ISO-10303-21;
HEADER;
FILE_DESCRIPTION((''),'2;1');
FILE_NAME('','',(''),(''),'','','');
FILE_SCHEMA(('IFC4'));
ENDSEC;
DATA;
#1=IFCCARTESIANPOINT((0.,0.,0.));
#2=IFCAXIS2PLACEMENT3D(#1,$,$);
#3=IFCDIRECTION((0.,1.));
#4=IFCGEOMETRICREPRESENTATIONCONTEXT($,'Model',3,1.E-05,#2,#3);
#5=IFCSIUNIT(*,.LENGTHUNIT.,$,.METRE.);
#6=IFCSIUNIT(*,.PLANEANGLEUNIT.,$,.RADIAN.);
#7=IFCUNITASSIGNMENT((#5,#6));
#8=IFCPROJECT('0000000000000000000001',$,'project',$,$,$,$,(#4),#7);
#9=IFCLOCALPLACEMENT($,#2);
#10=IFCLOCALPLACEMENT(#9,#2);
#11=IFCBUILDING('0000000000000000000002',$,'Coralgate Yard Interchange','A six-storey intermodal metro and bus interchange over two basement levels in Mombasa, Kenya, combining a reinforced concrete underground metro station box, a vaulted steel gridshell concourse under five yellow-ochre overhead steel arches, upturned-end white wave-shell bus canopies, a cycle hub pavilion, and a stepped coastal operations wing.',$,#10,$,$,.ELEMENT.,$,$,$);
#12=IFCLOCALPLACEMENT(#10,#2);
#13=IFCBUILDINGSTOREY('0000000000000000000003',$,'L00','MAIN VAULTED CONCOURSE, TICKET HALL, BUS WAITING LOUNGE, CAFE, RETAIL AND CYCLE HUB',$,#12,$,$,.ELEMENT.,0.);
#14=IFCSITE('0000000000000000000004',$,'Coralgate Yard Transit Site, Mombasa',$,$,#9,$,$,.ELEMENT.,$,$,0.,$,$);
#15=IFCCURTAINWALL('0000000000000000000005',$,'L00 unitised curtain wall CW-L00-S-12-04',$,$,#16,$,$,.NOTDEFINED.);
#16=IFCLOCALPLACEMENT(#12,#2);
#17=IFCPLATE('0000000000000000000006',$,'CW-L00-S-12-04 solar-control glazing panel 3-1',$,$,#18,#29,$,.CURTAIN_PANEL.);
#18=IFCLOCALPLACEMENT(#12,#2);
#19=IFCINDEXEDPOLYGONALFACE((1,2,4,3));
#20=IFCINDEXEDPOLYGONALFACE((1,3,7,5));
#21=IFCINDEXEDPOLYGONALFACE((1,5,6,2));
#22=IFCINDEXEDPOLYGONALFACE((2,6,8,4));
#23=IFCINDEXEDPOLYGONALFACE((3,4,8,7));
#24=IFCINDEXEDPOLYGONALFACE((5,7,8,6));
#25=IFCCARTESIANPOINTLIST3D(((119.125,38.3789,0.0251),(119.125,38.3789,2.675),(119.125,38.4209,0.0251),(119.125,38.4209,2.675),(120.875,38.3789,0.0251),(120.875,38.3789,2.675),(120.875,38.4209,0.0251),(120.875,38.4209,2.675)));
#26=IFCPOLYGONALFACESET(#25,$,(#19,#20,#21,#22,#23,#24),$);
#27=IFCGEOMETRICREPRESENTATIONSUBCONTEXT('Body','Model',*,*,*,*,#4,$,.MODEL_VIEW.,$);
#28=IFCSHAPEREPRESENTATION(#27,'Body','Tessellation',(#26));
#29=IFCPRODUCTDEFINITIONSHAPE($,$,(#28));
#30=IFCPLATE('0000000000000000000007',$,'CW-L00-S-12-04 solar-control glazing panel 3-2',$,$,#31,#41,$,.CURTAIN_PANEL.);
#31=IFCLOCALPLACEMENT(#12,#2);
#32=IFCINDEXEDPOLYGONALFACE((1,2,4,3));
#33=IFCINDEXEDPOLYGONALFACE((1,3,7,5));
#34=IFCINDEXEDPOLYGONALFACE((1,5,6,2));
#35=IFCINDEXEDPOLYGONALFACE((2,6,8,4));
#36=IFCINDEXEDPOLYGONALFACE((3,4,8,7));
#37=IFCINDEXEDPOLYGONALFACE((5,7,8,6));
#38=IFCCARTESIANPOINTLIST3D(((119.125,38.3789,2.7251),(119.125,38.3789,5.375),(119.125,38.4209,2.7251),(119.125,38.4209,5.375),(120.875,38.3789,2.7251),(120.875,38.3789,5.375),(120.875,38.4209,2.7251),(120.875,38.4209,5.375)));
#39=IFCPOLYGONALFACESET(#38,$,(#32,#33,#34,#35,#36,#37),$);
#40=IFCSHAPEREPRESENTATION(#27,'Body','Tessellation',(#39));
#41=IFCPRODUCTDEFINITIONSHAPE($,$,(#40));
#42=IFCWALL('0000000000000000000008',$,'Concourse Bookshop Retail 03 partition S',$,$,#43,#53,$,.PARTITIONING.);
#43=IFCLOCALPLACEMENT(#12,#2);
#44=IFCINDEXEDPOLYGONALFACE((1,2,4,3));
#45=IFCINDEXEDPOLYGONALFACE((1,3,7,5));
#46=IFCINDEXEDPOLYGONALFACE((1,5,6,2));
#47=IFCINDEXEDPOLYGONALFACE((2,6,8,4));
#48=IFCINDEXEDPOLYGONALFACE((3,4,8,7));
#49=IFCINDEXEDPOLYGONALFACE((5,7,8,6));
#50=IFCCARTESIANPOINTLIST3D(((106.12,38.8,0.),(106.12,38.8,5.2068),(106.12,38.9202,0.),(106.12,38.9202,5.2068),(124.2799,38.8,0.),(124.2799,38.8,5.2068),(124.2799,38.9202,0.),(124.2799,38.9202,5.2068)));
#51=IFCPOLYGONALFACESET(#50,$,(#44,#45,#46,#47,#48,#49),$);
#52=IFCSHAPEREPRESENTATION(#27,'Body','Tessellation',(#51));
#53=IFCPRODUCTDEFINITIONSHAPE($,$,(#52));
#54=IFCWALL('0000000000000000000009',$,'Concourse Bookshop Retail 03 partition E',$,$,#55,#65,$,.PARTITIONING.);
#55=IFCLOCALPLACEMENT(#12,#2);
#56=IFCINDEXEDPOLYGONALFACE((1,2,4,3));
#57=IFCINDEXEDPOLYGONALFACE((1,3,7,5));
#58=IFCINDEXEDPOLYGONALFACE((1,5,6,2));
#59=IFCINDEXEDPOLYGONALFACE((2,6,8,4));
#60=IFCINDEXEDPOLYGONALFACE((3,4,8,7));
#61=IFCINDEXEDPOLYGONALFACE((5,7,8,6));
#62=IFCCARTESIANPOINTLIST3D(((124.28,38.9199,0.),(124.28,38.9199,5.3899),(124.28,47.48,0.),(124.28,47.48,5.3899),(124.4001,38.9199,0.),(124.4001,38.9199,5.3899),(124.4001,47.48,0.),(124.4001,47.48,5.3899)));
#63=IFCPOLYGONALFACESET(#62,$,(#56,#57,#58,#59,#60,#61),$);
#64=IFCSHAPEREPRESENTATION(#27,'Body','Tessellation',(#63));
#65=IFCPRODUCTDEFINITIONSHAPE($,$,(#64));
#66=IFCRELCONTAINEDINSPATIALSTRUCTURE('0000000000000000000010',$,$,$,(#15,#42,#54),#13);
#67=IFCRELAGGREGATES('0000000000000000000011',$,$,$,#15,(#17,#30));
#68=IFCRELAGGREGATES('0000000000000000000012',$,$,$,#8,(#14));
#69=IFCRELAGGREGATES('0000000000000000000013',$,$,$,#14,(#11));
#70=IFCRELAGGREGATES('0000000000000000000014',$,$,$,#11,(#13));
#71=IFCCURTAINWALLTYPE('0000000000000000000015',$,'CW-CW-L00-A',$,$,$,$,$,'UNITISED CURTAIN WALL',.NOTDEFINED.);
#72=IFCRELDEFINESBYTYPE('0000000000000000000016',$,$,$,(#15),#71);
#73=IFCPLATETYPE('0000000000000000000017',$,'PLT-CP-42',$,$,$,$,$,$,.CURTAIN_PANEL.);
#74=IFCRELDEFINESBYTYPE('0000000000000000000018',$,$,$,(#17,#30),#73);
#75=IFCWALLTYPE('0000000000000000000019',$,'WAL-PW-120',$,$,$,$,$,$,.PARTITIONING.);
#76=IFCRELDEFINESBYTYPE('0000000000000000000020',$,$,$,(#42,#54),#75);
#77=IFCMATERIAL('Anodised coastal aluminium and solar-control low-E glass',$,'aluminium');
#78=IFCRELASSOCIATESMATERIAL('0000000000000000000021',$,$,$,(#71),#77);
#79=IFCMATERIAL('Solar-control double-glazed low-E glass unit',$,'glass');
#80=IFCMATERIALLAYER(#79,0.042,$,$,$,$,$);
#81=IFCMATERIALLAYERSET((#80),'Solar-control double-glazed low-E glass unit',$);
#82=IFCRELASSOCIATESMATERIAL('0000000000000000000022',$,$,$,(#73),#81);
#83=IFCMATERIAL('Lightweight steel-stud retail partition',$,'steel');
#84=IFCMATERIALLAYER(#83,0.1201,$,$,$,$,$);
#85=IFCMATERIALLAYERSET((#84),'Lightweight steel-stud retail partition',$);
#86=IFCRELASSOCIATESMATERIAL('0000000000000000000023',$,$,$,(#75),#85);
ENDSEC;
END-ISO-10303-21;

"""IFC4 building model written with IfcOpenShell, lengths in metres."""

from ifc_helpers import new_model, si_unit, direction, frame, frame_2d, origin, origin_2d, place, context, subcontext, project, spatial, rectangle, extrude, material, layer, layer_set, type_object, element, aggregate, save


model = new_model("IFC4")

# Units and contexts
model_context = context("Model", 3, precision=1e-05, world=origin(), true_north=direction((0.0, 1.0)))
body_context = subcontext(model_context, "Body", "Model", "MODEL_VIEW")
ifc_project = project(units=[si_unit("LENGTHUNIT", "METRE"), si_unit("PLANEANGLEUNIT", "RADIAN")], contexts=[model_context])

# Site, building, storey
site_placement = place(None, origin())
site = spatial("IfcSite", under=ifc_project, at=site_placement, Name="Coralgate Yard Transit Site, Mombasa", CompositionType="ELEMENT", RefElevation=0.0)
building_placement = place(site_placement, origin())
building = spatial("IfcBuilding", under=site, at=building_placement, Name="Coralgate Yard Interchange", Description="A six-storey intermodal metro and bus interchange over two basement levels in Mombasa, Kenya, combining a reinforced concrete underground metro station box, a vaulted steel gridshell concourse under five yellow-ochre overhead steel arches, upturned-end white wave-shell bus canopies, a cycle hub pavilion, and a stepped coastal operations wing.", CompositionType="ELEMENT")
storey_placement = place(building_placement, origin())
storey = spatial("IfcBuildingStorey", under=building, at=storey_placement, Name="L00", Description="MAIN VAULTED CONCOURSE, TICKET HALL, BUS WAITING LOUNGE, CAFE, RETAIL AND CYCLE HUB", CompositionType="ELEMENT", Elevation=0.0)

# Curtain wall, plates
ifc_material_1 = material(Name="Anodised coastal aluminium and solar-control low-E glass", Category="aluminium")
curtain_wall_type = type_object("IfcCurtainWallType", Name="CW-CW-L00-A", ElementType="UNITISED CURTAIN WALL", PredefinedType="NOTDEFINED", material=ifc_material_1)
curtain_wall_placement = place(storey_placement, origin())
curtain_wall = element("IfcCurtainWall", 1, at=curtain_wall_placement, inside=storey, type_object=curtain_wall_type, Name="L00 unitised curtain wall CW-L00-S-12-04", PredefinedType="NOTDEFINED")
ifc_material_2 = material(Name="Solar-control double-glazed low-E glass unit", Category="glass")
ifc_layer_1 = layer(ifc_material_2, 0.042)
ifc_layer_set_1 = layer_set([ifc_layer_1], Name="Solar-control double-glazed low-E glass unit")
plate_type = type_object("IfcPlateType", Name="PLT-CP-42", PredefinedType="CURTAIN_PANEL", material=ifc_layer_set_1)
plate_1_placement = place(storey_placement, frame((120.0, 38.3999, 0.0251), z_axis=(0.0, 0.0, 1.0), x_axis=(-1.0, 0.0, 0.0)))
plate_1 = element("IfcPlate", 2, at=plate_1_placement, type_object=plate_type, Name="CW-L00-S-12-04 solar-control glazing panel 3-1", PredefinedType="CURTAIN_PANEL", context=body_context, shape_type="SweptSolid", body=[
    extrude(rectangle(XDim=1.75, YDim=0.042, at=origin_2d()), origin(), (0.0, 0.0, 1.0), 2.6499),
])
plate_2_placement = place(storey_placement, frame((120.0, 38.3999, 2.7251), z_axis=(0.0, 0.0, 1.0), x_axis=(-1.0, 0.0, 0.0)))
plate_2 = element("IfcPlate", 3, at=plate_2_placement, type_object=plate_type, Name="CW-L00-S-12-04 solar-control glazing panel 3-2", PredefinedType="CURTAIN_PANEL", context=body_context, shape_type="SweptSolid", body=[
    extrude(rectangle(XDim=1.75, YDim=0.042, at=origin_2d()), origin(), (0.0, 0.0, 1.0), 2.6499),
])
aggregate(curtain_wall, [plate_1, plate_2])

# Walls
ifc_material_3 = material(Name="Lightweight steel-stud retail partition", Category="steel")
ifc_layer_2 = layer(ifc_material_3, 0.1201)
ifc_layer_set_2 = layer_set([ifc_layer_2], Name="Lightweight steel-stud retail partition")
wall_type = type_object("IfcWallType", Name="WAL-PW-120", PredefinedType="PARTITIONING", material=ifc_layer_set_2)
wall_1_placement = place(storey_placement, frame((124.28, 38.8601, 0.0), z_axis=(0.0, 0.0, 1.0), x_axis=(-1.0, 0.0, 0.0)))
element("IfcWall", 4, at=wall_1_placement, inside=storey, type_object=wall_type, Name="Concourse Bookshop Retail 03 partition S", PredefinedType="PARTITIONING", context=body_context, shape_type="SweptSolid", body=[
    extrude(rectangle(XDim=18.1599, YDim=0.1201, at=frame_2d((9.0801, 0.0))), origin(), (0.0, 0.0, 1.0), 5.2068),
])
wall_2_placement = place(storey_placement, frame((124.3401, 47.48, 0.0), z_axis=(0.0, 0.0, 1.0), x_axis=(0.0, -1.0, 0.0)))
element("IfcWall", 5, at=wall_2_placement, inside=storey, type_object=wall_type, Name="Concourse Bookshop Retail 03 partition E", PredefinedType="PARTITIONING", context=body_context, shape_type="SweptSolid", body=[
    extrude(rectangle(XDim=8.5601, YDim=0.1201, at=frame_2d((4.28, 0.0))), origin(), (0.0, 0.0, 1.0), 5.3899),
])

save(model, "model.ifc")
